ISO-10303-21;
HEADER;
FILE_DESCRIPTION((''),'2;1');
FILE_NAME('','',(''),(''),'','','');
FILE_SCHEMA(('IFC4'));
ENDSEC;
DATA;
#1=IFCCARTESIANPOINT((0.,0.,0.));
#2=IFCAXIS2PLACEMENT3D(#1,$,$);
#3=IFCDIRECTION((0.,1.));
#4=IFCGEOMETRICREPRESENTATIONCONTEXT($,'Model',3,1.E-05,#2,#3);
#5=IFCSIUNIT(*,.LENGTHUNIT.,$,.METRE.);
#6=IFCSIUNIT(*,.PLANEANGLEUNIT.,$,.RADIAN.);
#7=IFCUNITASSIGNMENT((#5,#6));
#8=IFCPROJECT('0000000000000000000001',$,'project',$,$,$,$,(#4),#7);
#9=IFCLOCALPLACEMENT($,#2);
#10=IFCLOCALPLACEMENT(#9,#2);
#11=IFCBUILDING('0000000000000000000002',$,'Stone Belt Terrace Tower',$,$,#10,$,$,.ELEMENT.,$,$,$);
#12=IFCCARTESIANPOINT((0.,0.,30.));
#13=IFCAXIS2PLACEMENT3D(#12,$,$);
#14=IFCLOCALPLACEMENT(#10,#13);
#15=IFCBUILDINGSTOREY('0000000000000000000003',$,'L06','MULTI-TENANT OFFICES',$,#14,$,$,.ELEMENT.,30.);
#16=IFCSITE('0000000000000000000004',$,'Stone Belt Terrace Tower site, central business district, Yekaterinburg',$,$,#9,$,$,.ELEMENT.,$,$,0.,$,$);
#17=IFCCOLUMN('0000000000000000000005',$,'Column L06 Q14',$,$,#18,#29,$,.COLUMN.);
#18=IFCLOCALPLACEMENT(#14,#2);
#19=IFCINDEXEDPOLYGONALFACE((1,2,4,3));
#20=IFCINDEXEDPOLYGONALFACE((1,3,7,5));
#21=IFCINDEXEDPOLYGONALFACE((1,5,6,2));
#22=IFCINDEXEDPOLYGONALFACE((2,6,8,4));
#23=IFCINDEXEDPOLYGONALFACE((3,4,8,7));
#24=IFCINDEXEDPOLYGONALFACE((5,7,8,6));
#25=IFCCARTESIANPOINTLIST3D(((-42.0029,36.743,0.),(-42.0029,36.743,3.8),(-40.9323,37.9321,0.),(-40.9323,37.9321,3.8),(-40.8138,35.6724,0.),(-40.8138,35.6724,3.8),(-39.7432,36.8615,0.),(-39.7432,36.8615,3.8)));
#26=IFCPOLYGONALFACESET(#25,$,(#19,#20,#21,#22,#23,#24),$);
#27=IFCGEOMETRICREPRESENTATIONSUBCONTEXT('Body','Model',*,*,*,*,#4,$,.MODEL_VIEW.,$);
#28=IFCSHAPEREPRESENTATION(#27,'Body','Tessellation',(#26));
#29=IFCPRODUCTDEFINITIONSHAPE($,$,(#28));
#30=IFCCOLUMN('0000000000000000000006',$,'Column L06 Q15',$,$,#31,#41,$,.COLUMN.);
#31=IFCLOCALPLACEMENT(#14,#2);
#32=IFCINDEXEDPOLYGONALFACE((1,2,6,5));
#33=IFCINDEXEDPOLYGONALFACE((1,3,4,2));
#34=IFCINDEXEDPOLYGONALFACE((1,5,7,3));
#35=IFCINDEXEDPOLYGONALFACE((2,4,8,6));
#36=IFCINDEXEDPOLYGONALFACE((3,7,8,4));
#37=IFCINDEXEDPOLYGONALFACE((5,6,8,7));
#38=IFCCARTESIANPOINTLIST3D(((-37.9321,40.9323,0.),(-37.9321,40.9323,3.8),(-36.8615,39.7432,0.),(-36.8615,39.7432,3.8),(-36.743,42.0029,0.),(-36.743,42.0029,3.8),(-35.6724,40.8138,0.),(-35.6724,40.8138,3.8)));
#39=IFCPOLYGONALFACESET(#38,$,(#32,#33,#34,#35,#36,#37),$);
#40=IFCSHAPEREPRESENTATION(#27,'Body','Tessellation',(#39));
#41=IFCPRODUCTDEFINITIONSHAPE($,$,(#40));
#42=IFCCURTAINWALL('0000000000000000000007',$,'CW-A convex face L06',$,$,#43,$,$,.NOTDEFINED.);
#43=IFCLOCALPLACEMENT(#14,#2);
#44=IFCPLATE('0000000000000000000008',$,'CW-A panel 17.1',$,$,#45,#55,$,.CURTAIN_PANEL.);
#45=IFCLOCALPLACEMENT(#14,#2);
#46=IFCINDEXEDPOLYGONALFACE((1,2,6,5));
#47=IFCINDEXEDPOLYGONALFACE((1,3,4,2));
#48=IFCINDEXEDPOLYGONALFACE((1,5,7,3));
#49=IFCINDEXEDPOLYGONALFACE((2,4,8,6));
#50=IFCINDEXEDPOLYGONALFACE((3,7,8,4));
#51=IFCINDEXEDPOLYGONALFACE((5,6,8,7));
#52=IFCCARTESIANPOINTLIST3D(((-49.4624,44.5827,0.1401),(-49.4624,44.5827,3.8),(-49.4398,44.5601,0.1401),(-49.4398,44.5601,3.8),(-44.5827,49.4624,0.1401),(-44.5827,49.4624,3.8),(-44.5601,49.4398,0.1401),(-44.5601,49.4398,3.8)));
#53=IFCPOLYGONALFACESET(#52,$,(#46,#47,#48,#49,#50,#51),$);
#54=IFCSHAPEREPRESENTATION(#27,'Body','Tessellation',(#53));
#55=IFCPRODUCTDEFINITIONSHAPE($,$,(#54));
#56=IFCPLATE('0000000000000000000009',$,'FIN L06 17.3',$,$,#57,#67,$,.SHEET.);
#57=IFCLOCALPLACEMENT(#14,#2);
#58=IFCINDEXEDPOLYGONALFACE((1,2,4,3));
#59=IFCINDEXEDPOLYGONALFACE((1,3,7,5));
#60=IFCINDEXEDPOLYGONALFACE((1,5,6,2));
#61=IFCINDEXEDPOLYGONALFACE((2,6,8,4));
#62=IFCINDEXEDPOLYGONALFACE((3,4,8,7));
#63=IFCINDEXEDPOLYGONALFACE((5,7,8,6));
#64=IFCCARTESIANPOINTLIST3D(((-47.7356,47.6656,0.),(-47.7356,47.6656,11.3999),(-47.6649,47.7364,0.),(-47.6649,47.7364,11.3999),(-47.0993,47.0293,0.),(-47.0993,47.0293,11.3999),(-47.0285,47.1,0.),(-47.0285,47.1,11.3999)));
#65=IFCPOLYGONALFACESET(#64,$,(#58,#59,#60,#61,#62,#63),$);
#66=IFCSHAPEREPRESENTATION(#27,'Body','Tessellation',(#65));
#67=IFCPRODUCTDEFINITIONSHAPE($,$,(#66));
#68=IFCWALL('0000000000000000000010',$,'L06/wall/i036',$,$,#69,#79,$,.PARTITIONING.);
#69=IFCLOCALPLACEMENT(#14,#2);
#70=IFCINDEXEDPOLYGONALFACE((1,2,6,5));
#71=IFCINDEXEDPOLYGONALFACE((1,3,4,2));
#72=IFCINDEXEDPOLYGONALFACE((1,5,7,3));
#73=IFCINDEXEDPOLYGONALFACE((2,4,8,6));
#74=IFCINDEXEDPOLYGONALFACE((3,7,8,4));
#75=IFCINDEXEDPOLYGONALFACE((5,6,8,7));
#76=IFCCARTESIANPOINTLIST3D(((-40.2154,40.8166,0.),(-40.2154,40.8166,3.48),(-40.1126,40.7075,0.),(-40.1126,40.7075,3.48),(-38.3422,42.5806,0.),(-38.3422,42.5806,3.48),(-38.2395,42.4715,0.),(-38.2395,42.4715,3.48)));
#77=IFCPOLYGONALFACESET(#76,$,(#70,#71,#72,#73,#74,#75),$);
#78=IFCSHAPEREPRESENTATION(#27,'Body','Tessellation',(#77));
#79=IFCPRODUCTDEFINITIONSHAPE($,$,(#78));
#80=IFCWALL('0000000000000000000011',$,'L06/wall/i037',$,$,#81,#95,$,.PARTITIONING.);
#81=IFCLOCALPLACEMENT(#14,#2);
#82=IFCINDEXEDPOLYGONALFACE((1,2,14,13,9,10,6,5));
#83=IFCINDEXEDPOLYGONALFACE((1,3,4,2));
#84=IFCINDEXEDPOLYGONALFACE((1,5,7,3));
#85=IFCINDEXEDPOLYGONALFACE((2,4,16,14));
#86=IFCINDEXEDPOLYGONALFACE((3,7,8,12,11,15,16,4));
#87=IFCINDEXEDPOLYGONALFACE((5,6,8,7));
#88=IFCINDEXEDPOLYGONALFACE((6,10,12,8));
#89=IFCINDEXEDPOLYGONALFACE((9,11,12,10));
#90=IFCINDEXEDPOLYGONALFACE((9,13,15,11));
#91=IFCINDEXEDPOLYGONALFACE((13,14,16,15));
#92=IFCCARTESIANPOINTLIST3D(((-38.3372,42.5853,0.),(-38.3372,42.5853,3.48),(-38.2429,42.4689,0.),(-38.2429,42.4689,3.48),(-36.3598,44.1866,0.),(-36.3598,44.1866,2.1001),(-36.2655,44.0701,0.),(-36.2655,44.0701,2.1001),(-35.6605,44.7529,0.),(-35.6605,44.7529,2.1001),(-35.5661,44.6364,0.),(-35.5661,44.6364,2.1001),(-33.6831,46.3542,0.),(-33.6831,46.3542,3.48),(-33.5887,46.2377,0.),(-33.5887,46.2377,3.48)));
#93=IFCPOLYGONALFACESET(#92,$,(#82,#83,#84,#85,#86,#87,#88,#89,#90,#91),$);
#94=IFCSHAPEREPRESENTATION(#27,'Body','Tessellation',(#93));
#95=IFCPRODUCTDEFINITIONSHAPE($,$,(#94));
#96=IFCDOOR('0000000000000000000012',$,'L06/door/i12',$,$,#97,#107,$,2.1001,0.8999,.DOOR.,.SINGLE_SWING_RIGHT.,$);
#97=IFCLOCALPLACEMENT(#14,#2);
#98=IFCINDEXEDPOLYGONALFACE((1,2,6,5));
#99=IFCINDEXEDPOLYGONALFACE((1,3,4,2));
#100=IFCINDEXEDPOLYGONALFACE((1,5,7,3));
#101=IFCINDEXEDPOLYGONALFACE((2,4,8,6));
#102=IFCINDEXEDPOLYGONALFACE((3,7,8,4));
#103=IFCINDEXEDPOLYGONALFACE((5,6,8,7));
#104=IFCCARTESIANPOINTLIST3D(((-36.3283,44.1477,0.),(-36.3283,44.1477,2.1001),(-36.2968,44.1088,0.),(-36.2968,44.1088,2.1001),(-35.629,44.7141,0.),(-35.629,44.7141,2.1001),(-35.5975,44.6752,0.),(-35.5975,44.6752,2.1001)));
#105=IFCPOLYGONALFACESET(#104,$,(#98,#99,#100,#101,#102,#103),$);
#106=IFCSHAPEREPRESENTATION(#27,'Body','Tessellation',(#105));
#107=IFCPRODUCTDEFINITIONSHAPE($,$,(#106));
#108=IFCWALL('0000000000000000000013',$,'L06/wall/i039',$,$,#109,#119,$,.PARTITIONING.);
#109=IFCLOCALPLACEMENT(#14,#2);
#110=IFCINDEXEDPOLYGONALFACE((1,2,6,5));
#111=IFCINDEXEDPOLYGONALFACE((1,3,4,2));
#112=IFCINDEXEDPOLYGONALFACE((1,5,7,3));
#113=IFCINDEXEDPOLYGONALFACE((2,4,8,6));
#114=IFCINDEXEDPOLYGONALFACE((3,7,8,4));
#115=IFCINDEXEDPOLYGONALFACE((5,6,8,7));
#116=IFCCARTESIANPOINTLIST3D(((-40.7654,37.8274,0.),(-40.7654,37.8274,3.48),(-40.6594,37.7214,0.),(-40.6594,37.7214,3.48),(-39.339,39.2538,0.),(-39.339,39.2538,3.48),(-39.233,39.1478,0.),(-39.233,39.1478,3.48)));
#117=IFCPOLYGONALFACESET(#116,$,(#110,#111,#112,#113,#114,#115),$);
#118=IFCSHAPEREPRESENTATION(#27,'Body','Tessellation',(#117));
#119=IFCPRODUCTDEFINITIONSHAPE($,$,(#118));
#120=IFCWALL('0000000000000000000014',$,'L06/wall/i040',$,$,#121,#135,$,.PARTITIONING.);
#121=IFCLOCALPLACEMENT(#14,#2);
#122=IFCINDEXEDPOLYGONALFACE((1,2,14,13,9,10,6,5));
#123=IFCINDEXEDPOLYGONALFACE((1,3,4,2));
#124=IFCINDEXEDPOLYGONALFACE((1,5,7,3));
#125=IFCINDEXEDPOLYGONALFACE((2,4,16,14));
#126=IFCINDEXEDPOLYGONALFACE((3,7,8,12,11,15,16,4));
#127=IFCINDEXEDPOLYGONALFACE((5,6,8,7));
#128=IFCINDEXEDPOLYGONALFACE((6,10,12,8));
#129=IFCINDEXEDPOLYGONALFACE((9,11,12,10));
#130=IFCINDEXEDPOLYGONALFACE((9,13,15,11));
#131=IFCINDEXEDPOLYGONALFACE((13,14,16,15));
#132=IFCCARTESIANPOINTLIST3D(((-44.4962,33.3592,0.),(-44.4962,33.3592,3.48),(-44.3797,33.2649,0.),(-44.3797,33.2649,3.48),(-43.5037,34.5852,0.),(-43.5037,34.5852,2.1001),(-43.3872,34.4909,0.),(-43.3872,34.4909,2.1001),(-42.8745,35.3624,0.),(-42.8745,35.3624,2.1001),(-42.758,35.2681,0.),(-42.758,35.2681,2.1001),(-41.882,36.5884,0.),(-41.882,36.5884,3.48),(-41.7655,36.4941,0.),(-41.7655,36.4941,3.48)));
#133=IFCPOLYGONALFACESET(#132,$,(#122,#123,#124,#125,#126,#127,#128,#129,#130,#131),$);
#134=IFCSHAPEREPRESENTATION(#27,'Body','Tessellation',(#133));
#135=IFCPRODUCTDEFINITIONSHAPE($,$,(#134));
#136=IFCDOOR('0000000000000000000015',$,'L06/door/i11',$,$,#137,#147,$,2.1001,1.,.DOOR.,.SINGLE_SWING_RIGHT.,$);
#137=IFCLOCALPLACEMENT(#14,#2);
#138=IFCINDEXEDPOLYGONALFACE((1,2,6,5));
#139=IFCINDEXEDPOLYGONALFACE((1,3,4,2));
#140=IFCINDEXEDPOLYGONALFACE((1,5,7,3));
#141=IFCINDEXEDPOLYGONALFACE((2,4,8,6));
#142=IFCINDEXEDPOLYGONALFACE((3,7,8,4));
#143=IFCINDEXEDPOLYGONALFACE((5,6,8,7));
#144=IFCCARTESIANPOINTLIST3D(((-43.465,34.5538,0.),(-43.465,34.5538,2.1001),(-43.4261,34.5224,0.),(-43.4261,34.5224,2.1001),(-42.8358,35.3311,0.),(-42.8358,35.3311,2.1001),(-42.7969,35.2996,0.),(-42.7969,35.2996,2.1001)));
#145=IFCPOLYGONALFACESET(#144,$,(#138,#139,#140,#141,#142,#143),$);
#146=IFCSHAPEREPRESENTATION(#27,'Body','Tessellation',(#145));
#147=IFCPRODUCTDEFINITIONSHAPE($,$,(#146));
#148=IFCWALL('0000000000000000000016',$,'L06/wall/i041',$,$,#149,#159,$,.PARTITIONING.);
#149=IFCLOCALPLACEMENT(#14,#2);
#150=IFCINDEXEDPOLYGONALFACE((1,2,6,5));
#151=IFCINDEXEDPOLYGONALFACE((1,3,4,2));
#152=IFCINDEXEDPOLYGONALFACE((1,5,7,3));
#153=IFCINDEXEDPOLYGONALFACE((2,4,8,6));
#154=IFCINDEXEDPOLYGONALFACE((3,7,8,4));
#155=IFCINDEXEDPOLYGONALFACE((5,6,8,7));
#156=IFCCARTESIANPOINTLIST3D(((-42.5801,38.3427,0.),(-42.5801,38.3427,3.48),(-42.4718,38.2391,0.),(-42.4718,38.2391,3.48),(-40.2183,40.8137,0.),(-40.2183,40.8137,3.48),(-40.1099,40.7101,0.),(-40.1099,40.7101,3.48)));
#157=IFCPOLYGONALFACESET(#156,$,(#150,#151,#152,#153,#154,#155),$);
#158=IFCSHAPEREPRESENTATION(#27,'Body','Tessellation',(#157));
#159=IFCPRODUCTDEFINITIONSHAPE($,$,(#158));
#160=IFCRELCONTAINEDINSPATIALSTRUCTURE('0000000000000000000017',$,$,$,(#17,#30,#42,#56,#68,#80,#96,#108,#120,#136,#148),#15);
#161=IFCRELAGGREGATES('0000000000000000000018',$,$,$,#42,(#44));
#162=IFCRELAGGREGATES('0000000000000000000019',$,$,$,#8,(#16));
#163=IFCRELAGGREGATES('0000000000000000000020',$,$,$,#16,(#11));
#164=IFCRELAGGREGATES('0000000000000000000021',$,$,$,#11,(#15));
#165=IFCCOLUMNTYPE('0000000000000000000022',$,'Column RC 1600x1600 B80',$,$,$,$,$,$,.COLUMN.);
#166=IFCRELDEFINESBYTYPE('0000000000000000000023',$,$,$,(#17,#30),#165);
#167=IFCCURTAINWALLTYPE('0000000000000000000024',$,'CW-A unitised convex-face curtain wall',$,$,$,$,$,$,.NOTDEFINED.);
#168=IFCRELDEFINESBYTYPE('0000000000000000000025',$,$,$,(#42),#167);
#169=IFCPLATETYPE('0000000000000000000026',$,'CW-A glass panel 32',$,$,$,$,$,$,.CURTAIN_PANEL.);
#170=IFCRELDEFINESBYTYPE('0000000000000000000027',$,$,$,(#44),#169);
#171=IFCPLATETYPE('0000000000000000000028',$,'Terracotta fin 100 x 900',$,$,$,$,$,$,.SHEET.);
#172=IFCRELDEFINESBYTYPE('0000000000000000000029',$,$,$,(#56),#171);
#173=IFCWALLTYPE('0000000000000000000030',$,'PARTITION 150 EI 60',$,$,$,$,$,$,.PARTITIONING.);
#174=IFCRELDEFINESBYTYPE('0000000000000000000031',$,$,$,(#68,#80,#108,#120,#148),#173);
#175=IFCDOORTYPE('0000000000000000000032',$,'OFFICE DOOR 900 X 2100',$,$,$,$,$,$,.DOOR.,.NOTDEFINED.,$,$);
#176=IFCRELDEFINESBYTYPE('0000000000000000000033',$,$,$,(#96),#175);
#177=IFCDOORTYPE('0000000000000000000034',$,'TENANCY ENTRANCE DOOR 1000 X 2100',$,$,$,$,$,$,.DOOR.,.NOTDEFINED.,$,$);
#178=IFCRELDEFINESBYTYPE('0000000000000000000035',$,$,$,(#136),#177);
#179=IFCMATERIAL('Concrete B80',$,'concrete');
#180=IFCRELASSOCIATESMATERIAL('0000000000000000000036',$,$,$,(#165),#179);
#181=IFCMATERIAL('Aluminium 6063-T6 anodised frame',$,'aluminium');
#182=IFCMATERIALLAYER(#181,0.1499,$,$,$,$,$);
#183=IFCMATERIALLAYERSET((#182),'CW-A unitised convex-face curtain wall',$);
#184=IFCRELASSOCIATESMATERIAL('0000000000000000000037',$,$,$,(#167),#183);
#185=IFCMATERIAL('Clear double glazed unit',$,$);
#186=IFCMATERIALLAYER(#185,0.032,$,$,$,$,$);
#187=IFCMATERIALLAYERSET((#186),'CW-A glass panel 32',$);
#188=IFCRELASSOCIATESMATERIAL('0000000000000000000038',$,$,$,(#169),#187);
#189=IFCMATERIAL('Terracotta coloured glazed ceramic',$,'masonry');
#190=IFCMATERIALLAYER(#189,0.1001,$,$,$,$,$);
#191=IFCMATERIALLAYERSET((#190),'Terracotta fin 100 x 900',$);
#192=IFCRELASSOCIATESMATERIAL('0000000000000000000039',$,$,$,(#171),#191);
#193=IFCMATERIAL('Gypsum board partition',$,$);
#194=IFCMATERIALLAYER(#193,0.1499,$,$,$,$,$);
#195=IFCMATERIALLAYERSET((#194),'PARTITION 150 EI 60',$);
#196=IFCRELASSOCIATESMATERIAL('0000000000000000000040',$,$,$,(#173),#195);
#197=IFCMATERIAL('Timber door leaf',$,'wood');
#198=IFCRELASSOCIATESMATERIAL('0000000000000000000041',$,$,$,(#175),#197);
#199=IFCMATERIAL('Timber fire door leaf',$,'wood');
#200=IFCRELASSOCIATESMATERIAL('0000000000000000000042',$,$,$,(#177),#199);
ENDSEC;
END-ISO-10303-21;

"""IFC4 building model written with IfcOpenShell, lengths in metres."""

from ifc_helpers import new_model, si_unit, direction, frame, frame_2d, origin, origin_2d, place, context, subcontext, project, spatial, rectangle, extrude, material, layer, layer_set, material_profile, profile_set, type_object, element, fill, aggregate, save


model = new_model("IFC4")

# Units and contexts
model_context = context("Model", 3, precision=1e-05, world=origin(), true_north=direction((0.0, 1.0)))
body_context = subcontext(model_context, "Body", "Model", "MODEL_VIEW")
ifc_project = project(units=[si_unit("LENGTHUNIT", "METRE"), si_unit("PLANEANGLEUNIT", "RADIAN")], contexts=[model_context])

# Site, building, storey
site_placement = place(None, origin())
site = spatial("IfcSite", under=ifc_project, at=site_placement, Name="Stone Belt Terrace Tower site, central business district, Yekaterinburg", CompositionType="ELEMENT", RefElevation=0.0)
building_placement = place(site_placement, origin())
building = spatial("IfcBuilding", under=site, at=building_placement, Name="Stone Belt Terrace Tower", CompositionType="ELEMENT")
storey_placement = place(building_placement, frame((0.0, 0.0, 30.0)))
storey = spatial("IfcBuildingStorey", under=building, at=storey_placement, Name="L06", Description="MULTI-TENANT OFFICES", CompositionType="ELEMENT", Elevation=30.0)

# Columns
ifc_material_1 = material(Name="Concrete B80", Category="concrete")
ifc_material_profile = material_profile(ifc_material_1, rectangle(XDim=1.6001, YDim=1.6001, at=origin_2d()), Name="RC 1600x1600")
ifc_profile_set = profile_set([ifc_material_profile], Name="Concrete B80")
column_type = type_object("IfcColumnType", Name="Column RC 1600x1600 B80", PredefinedType="COLUMN", material=ifc_profile_set)
for number, where, z_axis, x_axis, name in (
    (1, (-40.873, 36.8022, 0.0), (0.0, 0.0, 1.0), (0.669131, 0.743145, 0.0), "Column L06 Q14"),
    (2, (-36.8022, 40.873, 0.0), (0.0, 0.0, 1.0), (0.743145, 0.669131, 0.0), "Column L06 Q15"),
):
    element("IfcColumn", number, at=place(storey_placement, frame(where, z_axis=z_axis, x_axis=x_axis)), inside=storey, type_object=column_type, Name=name, PredefinedType="COLUMN", context=body_context, shape_type="SweptSolid", body=[
        extrude(rectangle(XDim=1.6001, YDim=1.6001, at=origin_2d()), origin(), (0.0, 0.0, 1.0), 3.8),
    ])

# Curtain wall, plate
ifc_material_2 = material(Name="Aluminium 6063-T6 anodised frame", Category="aluminium")
ifc_layer_1 = layer(ifc_material_2, 0.1499)
ifc_layer_set_1 = layer_set([ifc_layer_1], Name="CW-A unitised convex-face curtain wall")
curtain_wall_type = type_object("IfcCurtainWallType", Name="CW-A unitised convex-face curtain wall", PredefinedType="NOTDEFINED", material=ifc_layer_set_1)
curtain_wall_placement = place(storey_placement, origin())
curtain_wall = element("IfcCurtainWall", 3, at=curtain_wall_placement, inside=storey, type_object=curtain_wall_type, Name="CW-A convex face L06", PredefinedType="NOTDEFINED")
ifc_material_3 = material(Name="Clear double glazed unit")
ifc_layer_2 = layer(ifc_material_3, 0.032)
ifc_layer_set_2 = layer_set([ifc_layer_2], Name="CW-A glass panel 32")
plate_type_1 = type_object("IfcPlateType", Name="CW-A glass panel 32", PredefinedType="CURTAIN_PANEL", material=ifc_layer_set_2)
plate_1_placement = place(storey_placement, frame((-47.0112, 47.0112, 0.1401), z_axis=(0.0, 0.0, 1.0), x_axis=(-0.707107, -0.707107, 0.0)))
plate_1 = element("IfcPlate", 4, at=plate_1_placement, type_object=plate_type_1, Name="CW-A panel 17.1", PredefinedType="CURTAIN_PANEL", context=body_context, shape_type="SweptSolid", body=[
    extrude(rectangle(XDim=6.9009, YDim=0.032, at=origin_2d()), origin(), (0.0, 0.0, 1.0), 3.6599),
])
aggregate(curtain_wall, [plate_1])

# Plate
ifc_material_4 = material(Name="Terracotta coloured glazed ceramic", Category="masonry")
ifc_layer_3 = layer(ifc_material_4, 0.1001)
ifc_layer_set_3 = layer_set([ifc_layer_3], Name="Terracotta fin 100 x 900")
plate_type_2 = type_object("IfcPlateType", Name="Terracotta fin 100 x 900", PredefinedType="SHEET", material=ifc_layer_set_3)
plate_2_placement = place(storey_placement, frame((-47.3821, 47.3828, 0.0), z_axis=(0.0, 0.0, 1.0), x_axis=(-0.707107, 0.707107, 0.0)))
element("IfcPlate", 5, at=plate_2_placement, inside=storey, type_object=plate_type_2, Name="FIN L06 17.3", PredefinedType="SHEET", context=body_context, shape_type="SweptSolid", body=[
    extrude(rectangle(XDim=0.8999, YDim=0.1001, at=origin_2d()), origin(), (0.0, 0.0, 1.0), 11.3999),
])

# Wall
ifc_material_5 = material(Name="Gypsum board partition")
ifc_layer_4 = layer(ifc_material_5, 0.1499)
ifc_layer_set_4 = layer_set([ifc_layer_4], Name="PARTITION 150 EI 60")
wall_type = type_object("IfcWallType", Name="PARTITION 150 EI 60", PredefinedType="PARTITIONING", material=ifc_layer_set_4)
wall_1_placement = place(storey_placement, frame((-40.1641, 40.762, 0.0), z_axis=(0.0, 0.0, 1.0), x_axis=(0.727997, 0.685581, 0.0)))
element("IfcWall", 6, at=wall_1_placement, inside=storey, type_object=wall_type, Name="L06/wall/i036", PredefinedType="PARTITIONING", context=body_context, shape_type="SweptSolid", body=[
    extrude(rectangle(XDim=2.573, YDim=0.1499, at=frame_2d((1.2866, 0.0))), origin(), (0.0, 0.0, 1.0), 3.48),
])

# Wall, opening, door
wall_2_placement = place(storey_placement, frame((-38.29, 42.5271, 0.0), z_axis=(0.0, 0.0, 1.0), x_axis=(0.777144, 0.629323, 0.0)))
wall_2 = element("IfcWall", 7, at=wall_2_placement, inside=storey, type_object=wall_type, Name="L06/wall/i037", PredefinedType="PARTITIONING", context=body_context, shape_type="SweptSolid", body=[
    extrude(rectangle(XDim=5.9888, YDim=0.1499, at=frame_2d((2.9944, 0.0))), origin(), (0.0, 0.0, 1.0), 3.48),
])
opening_1_placement = place(wall_2_placement, frame((2.5444, 0.0, 0.0)))
opening_1 = element("IfcOpeningElement", 8, at=opening_1_placement, cuts=wall_2, PredefinedType="OPENING", context=body_context, shape_type="SweptSolid", body=[
    extrude(rectangle(XDim=0.8999, YDim=2.1001, at=frame_2d((0.45, 1.05))), frame((0.0, 0.085, 0.0), z_axis=(0.0, -1.0, 0.0), x_axis=(1.0, 0.0, 0.0)), (0.0, 0.0, 1.0), 0.1699),
])
ifc_material_6 = material(Name="Timber door leaf", Category="wood")
door_type_1 = type_object("IfcDoorType", Name="OFFICE DOOR 900 X 2100", OperationType="NOTDEFINED", PredefinedType="DOOR", material=ifc_material_6)
door_1_placement = place(opening_1_placement, origin())
door_1 = element("IfcDoor", 9, at=door_1_placement, inside=storey, type_object=door_type_1, Name="L06/door/i12", OperationType="SINGLE_SWING_RIGHT", OverallHeight=2.1001, OverallWidth=0.8999, PredefinedType="DOOR", context=body_context, shape_type="SweptSolid", body=[
    extrude(rectangle(XDim=0.8999, YDim=2.1001, at=frame_2d((0.45, 1.05))), frame((0.0, 0.0249, 0.0), z_axis=(0.0, -1.0, 0.0), x_axis=(1.0, 0.0, 0.0)), (0.0, 0.0, 1.0), 0.05),
])
fill(opening_1, door_1)

# Wall
wall_3_placement = place(storey_placement, frame((-39.2859, 39.2009, 0.0), z_axis=(0.0, 0.0, 1.0), x_axis=(-0.707107, -0.707107, 0.0)))
element("IfcWall", 10, at=wall_3_placement, inside=storey, type_object=wall_type, Name="L06/wall/i039", PredefinedType="PARTITIONING", context=body_context, shape_type="SweptSolid", body=[
    extrude(rectangle(XDim=2.0173, YDim=0.1499, at=frame_2d((1.0088, 0.0))), origin(), (0.0, 0.0, 1.0), 3.48),
])

# Wall, opening, door
wall_4_placement = place(storey_placement, frame((-41.8237, 36.5413, 0.0), z_axis=(0.0, 0.0, 1.0), x_axis=(-0.629213, -0.777233, 0.0)))
wall_4 = element("IfcWall", 11, at=wall_4_placement, inside=storey, type_object=wall_type, Name="L06/wall/i040", PredefinedType="PARTITIONING", context=body_context, shape_type="SweptSolid", body=[
    extrude(rectangle(XDim=4.1548, YDim=0.1499, at=frame_2d((2.0774, 0.0))), origin(), (0.0, 0.0, 1.0), 3.48),
])
opening_2_placement = place(wall_4_placement, frame((1.5774, 0.0, 0.0)))
opening_2 = element("IfcOpeningElement", 12, at=opening_2_placement, cuts=wall_4, PredefinedType="OPENING", context=body_context, shape_type="SweptSolid", body=[
    extrude(rectangle(XDim=1.0, YDim=2.1001, at=frame_2d((0.5, 1.05))), frame((0.0, 0.085, 0.0), z_axis=(0.0, -1.0, 0.0), x_axis=(1.0, 0.0, 0.0)), (0.0, 0.0, 1.0), 0.1699),
])
ifc_material_7 = material(Name="Timber fire door leaf", Category="wood")
door_type_2 = type_object("IfcDoorType", Name="TENANCY ENTRANCE DOOR 1000 X 2100", OperationType="NOTDEFINED", PredefinedType="DOOR", material=ifc_material_7)
door_2_placement = place(opening_2_placement, origin())
door_2 = element("IfcDoor", 13, at=door_2_placement, inside=storey, type_object=door_type_2, Name="L06/door/i11", OperationType="SINGLE_SWING_RIGHT", OverallHeight=2.1001, OverallWidth=1.0, PredefinedType="DOOR", context=body_context, shape_type="SweptSolid", body=[
    extrude(rectangle(XDim=1.0, YDim=2.1001, at=frame_2d((0.5, 1.05))), frame((0.0, 0.0249, 0.0), z_axis=(0.0, -1.0, 0.0), x_axis=(1.0, 0.0, 0.0)), (0.0, 0.0, 1.0), 0.05),
])
fill(opening_2, door_2)

# Wall
wall_5_placement = place(storey_placement, frame((-42.5259, 38.291, 0.0), z_axis=(0.0, 0.0, 1.0), x_axis=(0.690963, 0.72289, 0.0)))
element("IfcWall", 14, at=wall_5_placement, inside=storey, type_object=wall_type, Name="L06/wall/i041", PredefinedType="PARTITIONING", context=body_context, shape_type="SweptSolid", body=[
    extrude(rectangle(XDim=3.4182, YDim=0.1499, at=frame_2d((1.709, 0.0))), origin(), (0.0, 0.0, 1.0), 3.48),
])

save(model, "model.ifc")
